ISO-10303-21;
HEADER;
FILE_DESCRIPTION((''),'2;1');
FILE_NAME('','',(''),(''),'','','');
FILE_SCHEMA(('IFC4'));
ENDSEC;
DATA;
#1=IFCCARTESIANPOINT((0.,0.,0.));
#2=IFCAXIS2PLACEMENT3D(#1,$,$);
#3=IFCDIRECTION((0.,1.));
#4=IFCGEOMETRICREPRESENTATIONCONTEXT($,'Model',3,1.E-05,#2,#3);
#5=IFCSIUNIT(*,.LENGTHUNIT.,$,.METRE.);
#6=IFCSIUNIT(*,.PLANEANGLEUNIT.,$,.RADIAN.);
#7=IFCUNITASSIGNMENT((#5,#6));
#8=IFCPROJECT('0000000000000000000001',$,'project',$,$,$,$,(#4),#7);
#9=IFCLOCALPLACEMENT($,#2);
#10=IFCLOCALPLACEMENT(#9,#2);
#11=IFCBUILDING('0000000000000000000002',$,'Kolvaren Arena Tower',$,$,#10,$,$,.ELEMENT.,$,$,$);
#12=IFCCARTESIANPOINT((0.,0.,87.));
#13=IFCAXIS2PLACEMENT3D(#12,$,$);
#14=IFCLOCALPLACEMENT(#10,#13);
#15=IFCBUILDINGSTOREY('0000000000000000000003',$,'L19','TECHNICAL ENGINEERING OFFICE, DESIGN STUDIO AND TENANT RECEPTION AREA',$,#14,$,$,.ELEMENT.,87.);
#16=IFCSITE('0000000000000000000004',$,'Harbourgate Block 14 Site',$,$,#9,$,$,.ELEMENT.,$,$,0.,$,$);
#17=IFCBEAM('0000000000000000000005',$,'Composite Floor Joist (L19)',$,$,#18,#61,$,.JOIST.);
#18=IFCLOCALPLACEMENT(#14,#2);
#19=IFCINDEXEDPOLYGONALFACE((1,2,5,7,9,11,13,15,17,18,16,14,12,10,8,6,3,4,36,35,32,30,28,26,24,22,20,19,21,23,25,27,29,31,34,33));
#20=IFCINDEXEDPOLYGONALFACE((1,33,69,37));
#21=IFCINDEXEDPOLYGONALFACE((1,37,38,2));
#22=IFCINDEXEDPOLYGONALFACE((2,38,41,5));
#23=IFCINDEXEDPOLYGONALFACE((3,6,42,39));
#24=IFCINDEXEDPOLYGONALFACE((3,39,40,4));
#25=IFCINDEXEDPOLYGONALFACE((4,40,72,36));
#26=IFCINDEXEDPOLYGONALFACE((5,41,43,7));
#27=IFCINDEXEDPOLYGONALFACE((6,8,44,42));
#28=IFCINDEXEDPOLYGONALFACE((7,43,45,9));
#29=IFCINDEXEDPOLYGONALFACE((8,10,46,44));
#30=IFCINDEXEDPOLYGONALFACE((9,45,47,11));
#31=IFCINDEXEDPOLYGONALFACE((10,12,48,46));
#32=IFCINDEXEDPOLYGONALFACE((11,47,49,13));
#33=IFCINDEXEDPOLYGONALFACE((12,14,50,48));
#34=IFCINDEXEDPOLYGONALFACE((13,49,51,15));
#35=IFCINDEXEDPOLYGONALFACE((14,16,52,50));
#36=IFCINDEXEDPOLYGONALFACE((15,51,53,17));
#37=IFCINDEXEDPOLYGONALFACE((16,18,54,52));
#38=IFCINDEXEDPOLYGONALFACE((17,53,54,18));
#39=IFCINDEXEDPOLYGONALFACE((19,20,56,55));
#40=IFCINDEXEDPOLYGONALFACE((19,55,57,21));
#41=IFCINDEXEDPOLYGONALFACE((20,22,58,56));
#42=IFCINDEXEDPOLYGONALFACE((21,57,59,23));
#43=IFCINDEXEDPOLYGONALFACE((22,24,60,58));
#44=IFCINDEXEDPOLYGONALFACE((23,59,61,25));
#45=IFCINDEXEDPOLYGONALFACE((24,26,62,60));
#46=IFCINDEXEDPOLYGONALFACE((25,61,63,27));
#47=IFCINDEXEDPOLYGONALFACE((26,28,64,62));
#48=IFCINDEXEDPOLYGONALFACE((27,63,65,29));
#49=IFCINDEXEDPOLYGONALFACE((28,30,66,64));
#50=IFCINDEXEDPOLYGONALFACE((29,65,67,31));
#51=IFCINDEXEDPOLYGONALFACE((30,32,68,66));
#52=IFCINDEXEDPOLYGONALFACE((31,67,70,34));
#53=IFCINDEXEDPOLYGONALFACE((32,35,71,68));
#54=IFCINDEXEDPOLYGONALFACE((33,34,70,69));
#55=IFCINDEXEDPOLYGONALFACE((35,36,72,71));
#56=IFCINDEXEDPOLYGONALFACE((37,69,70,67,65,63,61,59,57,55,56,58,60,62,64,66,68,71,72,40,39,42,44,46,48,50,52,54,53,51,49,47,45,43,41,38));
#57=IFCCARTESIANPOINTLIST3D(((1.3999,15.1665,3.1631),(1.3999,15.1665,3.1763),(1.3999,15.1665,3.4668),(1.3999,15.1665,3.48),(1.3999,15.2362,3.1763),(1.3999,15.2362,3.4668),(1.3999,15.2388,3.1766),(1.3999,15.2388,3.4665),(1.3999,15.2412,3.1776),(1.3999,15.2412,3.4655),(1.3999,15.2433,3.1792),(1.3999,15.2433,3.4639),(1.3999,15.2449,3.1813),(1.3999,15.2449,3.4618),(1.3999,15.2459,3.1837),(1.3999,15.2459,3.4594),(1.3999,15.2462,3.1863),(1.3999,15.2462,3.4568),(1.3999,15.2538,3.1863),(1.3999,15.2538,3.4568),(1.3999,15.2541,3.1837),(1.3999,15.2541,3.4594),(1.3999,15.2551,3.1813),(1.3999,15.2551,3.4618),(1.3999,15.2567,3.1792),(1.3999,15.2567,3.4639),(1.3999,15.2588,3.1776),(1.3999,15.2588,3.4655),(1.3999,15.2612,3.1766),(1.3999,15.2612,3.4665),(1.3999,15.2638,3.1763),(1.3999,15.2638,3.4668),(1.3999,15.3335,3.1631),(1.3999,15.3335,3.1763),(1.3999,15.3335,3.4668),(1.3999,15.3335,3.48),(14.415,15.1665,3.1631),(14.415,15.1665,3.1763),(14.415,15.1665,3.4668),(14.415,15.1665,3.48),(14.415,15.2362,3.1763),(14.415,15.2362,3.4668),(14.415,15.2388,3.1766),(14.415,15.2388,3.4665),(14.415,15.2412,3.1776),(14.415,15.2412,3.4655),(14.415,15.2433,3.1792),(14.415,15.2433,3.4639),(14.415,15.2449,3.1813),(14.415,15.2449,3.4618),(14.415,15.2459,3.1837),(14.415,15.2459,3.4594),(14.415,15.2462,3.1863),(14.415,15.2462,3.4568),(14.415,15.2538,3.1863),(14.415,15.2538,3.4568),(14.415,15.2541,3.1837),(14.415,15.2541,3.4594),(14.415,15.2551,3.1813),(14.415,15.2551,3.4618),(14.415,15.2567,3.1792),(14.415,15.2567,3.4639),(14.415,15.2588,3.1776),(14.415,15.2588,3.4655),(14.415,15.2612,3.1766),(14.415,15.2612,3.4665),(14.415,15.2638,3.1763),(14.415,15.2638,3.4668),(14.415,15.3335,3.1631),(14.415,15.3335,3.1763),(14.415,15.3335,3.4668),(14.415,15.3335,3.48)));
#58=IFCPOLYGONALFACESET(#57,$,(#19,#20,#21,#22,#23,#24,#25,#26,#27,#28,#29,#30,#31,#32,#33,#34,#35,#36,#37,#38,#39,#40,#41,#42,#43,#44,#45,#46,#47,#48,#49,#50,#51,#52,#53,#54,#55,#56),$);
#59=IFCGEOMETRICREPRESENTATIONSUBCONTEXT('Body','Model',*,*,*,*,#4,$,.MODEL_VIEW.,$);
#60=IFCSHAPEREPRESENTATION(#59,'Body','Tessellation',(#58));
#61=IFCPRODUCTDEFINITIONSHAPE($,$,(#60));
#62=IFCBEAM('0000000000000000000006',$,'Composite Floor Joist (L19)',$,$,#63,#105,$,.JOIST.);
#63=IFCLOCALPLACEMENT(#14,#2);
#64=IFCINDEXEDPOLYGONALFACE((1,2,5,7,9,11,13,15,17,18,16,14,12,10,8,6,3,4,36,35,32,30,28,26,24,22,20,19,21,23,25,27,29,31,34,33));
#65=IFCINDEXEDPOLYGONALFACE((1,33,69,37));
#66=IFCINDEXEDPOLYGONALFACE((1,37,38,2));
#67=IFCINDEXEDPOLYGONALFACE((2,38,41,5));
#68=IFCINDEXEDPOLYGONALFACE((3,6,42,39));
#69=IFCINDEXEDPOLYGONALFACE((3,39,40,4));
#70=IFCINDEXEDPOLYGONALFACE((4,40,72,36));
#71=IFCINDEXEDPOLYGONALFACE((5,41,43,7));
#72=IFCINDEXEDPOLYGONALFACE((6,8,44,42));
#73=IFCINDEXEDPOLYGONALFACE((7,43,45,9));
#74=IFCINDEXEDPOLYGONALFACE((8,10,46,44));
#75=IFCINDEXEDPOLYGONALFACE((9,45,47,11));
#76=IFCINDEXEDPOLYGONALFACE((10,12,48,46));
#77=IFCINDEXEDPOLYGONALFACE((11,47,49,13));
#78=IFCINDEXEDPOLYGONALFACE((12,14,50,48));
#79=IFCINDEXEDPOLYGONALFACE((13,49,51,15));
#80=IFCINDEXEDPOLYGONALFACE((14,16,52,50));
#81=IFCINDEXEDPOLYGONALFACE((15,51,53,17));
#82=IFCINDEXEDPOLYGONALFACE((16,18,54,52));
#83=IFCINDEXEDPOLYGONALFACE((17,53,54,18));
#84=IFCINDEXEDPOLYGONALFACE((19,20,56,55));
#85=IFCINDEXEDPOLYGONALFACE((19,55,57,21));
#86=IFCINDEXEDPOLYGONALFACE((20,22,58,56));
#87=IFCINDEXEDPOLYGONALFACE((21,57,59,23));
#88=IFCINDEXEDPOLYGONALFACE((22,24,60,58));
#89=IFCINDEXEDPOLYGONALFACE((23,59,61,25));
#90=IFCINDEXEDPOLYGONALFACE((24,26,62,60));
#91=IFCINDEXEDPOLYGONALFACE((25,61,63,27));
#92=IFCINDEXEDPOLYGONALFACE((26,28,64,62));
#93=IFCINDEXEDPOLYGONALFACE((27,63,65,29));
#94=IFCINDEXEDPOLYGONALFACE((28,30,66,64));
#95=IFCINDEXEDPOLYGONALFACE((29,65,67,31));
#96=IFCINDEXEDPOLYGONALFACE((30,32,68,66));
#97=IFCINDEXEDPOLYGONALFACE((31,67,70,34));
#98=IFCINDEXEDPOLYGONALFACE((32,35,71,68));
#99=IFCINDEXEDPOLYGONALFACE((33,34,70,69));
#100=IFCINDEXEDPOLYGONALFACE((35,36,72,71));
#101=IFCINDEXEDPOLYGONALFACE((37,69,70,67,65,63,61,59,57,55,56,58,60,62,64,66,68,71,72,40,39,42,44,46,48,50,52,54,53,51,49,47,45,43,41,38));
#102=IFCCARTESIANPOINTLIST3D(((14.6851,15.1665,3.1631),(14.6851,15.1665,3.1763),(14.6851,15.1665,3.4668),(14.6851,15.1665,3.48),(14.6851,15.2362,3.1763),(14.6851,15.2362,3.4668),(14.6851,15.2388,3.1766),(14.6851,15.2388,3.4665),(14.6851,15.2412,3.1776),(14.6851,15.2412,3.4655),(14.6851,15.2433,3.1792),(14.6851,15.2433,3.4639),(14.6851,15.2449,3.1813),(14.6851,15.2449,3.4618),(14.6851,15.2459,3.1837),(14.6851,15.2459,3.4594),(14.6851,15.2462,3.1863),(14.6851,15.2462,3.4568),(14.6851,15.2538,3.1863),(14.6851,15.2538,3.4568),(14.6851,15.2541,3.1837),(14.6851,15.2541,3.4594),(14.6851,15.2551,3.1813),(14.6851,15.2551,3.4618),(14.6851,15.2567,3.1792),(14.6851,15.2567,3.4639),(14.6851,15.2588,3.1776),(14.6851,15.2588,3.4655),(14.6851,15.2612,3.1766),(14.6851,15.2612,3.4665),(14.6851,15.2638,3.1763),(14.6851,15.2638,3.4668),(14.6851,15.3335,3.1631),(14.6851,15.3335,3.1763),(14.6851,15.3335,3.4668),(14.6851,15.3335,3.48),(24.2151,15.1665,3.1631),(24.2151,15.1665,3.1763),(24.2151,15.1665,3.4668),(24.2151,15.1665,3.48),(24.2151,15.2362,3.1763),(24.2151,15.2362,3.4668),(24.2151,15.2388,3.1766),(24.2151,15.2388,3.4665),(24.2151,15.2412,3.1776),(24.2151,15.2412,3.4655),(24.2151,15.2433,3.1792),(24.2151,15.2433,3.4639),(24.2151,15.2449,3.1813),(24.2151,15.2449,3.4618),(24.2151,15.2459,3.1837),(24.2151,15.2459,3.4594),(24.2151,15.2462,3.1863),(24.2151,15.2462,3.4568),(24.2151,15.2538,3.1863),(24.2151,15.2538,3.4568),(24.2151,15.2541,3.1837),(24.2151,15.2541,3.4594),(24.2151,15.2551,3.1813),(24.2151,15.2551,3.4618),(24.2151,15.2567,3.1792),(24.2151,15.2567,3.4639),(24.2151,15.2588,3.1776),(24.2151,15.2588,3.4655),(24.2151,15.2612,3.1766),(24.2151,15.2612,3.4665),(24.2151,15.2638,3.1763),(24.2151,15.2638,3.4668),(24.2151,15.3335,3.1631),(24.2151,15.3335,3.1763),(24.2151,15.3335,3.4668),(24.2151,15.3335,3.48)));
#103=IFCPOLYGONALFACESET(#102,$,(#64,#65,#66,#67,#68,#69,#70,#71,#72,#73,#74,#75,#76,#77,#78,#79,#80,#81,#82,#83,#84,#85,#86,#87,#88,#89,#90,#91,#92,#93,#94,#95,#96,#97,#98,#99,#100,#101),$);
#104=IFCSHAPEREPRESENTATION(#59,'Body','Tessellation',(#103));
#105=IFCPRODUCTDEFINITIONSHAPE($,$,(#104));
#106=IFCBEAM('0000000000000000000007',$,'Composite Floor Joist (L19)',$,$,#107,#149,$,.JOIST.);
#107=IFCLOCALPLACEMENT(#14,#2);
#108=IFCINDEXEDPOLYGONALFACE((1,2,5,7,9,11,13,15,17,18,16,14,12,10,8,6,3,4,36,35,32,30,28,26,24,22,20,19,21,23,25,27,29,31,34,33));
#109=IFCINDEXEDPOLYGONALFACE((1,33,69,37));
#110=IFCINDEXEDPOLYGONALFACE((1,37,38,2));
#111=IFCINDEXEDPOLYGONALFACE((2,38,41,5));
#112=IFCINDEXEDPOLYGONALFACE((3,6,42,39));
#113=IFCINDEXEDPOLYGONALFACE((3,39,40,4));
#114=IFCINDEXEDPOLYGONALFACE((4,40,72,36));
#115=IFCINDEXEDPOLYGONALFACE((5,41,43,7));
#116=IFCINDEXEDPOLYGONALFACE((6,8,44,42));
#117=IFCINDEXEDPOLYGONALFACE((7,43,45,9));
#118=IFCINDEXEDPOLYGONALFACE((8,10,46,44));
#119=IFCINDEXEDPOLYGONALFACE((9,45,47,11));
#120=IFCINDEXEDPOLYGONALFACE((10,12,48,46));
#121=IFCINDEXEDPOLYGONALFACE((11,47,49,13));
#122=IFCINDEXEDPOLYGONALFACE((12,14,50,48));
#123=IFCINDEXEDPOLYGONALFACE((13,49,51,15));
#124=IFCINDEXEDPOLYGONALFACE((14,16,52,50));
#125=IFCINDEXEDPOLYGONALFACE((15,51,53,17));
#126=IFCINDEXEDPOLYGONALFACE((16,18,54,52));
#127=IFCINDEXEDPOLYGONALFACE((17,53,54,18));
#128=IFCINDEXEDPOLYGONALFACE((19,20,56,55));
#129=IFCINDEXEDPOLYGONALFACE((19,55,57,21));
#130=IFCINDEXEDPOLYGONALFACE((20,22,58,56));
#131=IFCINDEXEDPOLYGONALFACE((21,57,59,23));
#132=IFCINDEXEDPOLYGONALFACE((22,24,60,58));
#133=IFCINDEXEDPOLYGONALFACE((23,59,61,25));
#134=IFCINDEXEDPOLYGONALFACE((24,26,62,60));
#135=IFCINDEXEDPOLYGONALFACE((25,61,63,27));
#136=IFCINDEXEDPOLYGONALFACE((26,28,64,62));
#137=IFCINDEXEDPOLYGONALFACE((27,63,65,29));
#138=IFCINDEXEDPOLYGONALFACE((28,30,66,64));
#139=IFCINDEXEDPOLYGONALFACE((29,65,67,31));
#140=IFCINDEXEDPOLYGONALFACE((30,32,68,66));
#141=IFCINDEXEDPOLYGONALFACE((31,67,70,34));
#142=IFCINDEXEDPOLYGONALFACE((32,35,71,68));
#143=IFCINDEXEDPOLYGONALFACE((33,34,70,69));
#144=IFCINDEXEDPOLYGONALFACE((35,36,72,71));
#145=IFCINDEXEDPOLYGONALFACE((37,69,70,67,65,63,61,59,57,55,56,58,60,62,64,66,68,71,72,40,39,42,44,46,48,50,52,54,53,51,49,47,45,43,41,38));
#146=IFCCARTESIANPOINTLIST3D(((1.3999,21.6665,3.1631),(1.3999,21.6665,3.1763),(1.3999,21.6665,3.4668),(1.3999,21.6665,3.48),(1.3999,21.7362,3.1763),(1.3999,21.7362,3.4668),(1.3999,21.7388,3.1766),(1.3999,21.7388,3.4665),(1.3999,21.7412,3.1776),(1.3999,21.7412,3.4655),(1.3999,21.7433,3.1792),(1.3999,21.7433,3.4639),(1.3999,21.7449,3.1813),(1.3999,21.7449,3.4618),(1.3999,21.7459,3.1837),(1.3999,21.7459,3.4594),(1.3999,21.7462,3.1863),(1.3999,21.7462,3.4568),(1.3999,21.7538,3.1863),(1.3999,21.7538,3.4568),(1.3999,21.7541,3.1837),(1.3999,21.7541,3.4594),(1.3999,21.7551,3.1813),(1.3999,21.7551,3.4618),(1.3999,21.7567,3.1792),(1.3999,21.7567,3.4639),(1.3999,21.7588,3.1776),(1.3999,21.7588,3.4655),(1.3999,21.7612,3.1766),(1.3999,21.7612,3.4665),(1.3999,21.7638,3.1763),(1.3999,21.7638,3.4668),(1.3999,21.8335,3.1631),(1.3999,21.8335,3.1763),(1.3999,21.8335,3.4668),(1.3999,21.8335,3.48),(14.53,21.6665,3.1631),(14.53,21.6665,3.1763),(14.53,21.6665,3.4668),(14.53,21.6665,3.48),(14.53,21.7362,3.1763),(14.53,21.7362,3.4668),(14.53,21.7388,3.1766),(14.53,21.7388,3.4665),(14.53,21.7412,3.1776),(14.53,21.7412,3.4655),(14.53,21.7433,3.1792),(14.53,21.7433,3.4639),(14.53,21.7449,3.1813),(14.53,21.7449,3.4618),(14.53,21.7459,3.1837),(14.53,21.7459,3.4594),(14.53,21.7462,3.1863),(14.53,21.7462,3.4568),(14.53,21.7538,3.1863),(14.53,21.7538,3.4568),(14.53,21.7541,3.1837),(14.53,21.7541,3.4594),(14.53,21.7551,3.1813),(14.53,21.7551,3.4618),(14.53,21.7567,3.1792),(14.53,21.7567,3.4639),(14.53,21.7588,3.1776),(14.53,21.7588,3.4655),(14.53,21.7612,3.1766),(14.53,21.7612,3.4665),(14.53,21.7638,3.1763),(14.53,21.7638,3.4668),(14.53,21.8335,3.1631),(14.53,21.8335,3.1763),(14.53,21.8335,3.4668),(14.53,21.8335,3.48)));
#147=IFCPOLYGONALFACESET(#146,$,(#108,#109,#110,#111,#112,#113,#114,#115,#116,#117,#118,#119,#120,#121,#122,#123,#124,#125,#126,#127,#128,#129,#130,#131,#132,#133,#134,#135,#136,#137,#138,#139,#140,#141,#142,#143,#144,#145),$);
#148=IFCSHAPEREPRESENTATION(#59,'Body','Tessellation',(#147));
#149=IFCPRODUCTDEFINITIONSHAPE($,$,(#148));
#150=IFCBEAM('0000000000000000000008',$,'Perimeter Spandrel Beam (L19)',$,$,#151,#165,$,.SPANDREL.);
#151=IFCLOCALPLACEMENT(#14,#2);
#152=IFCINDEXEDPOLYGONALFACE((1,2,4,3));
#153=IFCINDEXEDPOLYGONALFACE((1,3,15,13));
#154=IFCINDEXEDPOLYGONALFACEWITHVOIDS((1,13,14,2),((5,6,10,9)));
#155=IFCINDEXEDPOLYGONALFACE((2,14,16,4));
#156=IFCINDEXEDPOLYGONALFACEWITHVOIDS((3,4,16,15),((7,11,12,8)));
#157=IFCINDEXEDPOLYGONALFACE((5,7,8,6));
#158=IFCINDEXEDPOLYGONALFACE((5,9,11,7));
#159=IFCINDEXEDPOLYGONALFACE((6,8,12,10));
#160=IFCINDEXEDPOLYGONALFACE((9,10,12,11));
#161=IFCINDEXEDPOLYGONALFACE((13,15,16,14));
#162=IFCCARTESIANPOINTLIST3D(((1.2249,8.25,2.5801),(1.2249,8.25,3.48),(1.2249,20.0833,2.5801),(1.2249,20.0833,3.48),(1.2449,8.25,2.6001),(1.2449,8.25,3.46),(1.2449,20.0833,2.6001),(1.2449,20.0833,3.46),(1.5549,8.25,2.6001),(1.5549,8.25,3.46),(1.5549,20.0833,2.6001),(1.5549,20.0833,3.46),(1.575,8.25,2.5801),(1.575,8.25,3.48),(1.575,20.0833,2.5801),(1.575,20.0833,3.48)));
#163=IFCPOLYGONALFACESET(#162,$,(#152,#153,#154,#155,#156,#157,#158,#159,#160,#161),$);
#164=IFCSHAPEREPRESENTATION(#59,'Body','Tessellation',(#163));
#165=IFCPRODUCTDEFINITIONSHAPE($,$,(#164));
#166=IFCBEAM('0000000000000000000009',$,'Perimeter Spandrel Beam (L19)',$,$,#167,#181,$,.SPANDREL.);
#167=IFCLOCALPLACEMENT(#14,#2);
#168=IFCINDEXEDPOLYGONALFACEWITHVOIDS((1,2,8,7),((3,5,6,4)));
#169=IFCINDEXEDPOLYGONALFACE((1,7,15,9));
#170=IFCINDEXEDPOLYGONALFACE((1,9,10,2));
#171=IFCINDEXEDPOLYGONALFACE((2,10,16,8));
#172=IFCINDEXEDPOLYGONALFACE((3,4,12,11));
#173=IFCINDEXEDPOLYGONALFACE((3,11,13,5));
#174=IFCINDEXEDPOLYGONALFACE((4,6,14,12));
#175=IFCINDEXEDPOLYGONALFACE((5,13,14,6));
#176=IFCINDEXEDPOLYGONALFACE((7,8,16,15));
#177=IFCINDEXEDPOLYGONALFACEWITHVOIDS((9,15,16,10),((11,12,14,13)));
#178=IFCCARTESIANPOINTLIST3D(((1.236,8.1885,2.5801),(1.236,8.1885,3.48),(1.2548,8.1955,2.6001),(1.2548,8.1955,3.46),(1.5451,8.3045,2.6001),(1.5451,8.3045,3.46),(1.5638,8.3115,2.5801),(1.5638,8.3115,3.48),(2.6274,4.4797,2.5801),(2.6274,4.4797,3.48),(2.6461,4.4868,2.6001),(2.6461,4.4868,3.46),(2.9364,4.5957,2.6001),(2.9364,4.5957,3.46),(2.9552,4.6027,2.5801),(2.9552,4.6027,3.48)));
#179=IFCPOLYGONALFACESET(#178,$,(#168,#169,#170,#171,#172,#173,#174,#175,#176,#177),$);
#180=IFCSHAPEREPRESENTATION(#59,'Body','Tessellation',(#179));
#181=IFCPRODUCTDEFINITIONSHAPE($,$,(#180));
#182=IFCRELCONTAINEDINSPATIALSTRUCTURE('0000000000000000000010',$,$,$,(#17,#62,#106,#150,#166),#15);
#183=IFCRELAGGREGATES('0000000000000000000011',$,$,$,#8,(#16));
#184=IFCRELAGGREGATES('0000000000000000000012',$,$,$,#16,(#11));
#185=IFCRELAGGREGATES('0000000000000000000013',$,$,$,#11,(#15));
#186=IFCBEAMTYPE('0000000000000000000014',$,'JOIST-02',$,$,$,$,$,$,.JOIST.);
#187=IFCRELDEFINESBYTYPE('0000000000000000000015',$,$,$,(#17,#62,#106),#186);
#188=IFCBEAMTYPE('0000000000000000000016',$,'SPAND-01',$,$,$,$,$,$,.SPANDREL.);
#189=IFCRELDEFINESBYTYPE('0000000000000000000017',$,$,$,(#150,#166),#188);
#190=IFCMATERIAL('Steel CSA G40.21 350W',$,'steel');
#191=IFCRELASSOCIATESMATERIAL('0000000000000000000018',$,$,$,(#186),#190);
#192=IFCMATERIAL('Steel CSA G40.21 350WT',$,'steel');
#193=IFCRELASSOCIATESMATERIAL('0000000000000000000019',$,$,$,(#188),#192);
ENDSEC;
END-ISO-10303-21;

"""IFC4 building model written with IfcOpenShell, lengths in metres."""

from ifc_helpers import new_model, si_unit, direction, frame, origin, origin_2d, place, context, subcontext, project, spatial, hollow_rectangle, i_section, extrude, material, material_profile, profile_set, type_object, element, save


model = new_model("IFC4")

# Units and contexts
model_context = context("Model", 3, precision=1e-05, world=origin(), true_north=direction((0.0, 1.0)))
body_context = subcontext(model_context, "Body", "Model", "MODEL_VIEW")
ifc_project = project(units=[si_unit("LENGTHUNIT", "METRE"), si_unit("PLANEANGLEUNIT", "RADIAN")], contexts=[model_context])

# Site, building, storey
site_placement = place(None, origin())
site = spatial("IfcSite", under=ifc_project, at=site_placement, Name="Harbourgate Block 14 Site", CompositionType="ELEMENT", RefElevation=0.0)
building_placement = place(site_placement, origin())
building = spatial("IfcBuilding", under=site, at=building_placement, Name="Kolvaren Arena Tower", CompositionType="ELEMENT")
storey_placement = place(building_placement, frame((0.0, 0.0, 87.0)))
storey = spatial("IfcBuildingStorey", under=building, at=storey_placement, Name="L19", Description="TECHNICAL ENGINEERING OFFICE, DESIGN STUDIO AND TENANT RECEPTION AREA", CompositionType="ELEMENT", Elevation=87.0)

# Beams
ifc_material_1 = material(Name="Steel CSA G40.21 350W", Category="steel")
ifc_material_profile_1 = material_profile(ifc_material_1, i_section(OverallWidth=0.167, OverallDepth=0.3169, WebThickness=0.0076, FlangeThickness=0.0132, FilletRadius=0.01, at=origin_2d()), Name="W310x52")
ifc_profile_set_1 = profile_set([ifc_material_profile_1], Name="Steel CSA G40.21 350W")
beam_type_1 = type_object("IfcBeamType", Name="JOIST-02", PredefinedType="JOIST", material=ifc_profile_set_1)
beam_1_placement = place(storey_placement, frame((1.3999, 15.25, 3.3215), z_axis=(1.0, 0.0, 0.0), x_axis=(0.0, 1.0, 0.0)))
element("IfcBeam", 1, at=beam_1_placement, inside=storey, type_object=beam_type_1, Name="Composite Floor Joist (L19)", PredefinedType="JOIST", context=body_context, shape_type="SweptSolid", body=[
    extrude(i_section(OverallWidth=0.167, OverallDepth=0.3169, WebThickness=0.0076, FlangeThickness=0.0132, FilletRadius=0.01, at=origin_2d()), origin(), (0.0, 0.0, 1.0), 13.0151),
])
beam_2_placement = place(storey_placement, frame((14.6851, 15.25, 3.3215), z_axis=(1.0, 0.0, 0.0), x_axis=(0.0, 1.0, 0.0)))
element("IfcBeam", 2, at=beam_2_placement, inside=storey, type_object=beam_type_1, Name="Composite Floor Joist (L19)", PredefinedType="JOIST", context=body_context, shape_type="SweptSolid", body=[
    extrude(i_section(OverallWidth=0.167, OverallDepth=0.3169, WebThickness=0.0076, FlangeThickness=0.0132, FilletRadius=0.01, at=origin_2d()), origin(), (0.0, 0.0, 1.0), 9.53),
])
beam_3_placement = place(storey_placement, frame((1.3999, 21.75, 3.3215), z_axis=(1.0, 0.0, 0.0), x_axis=(0.0, 1.0, 0.0)))
element("IfcBeam", 3, at=beam_3_placement, inside=storey, type_object=beam_type_1, Name="Composite Floor Joist (L19)", PredefinedType="JOIST", context=body_context, shape_type="SweptSolid", body=[
    extrude(i_section(OverallWidth=0.167, OverallDepth=0.3169, WebThickness=0.0076, FlangeThickness=0.0132, FilletRadius=0.01, at=origin_2d()), origin(), (0.0, 0.0, 1.0), 13.1301),
])
ifc_material_2 = material(Name="Steel CSA G40.21 350WT", Category="steel")
ifc_material_profile_2 = material_profile(ifc_material_2, hollow_rectangle(XDim=0.3501, YDim=0.8999, WallThickness=0.02, at=origin_2d()), Name="HSS 900x350x20")
ifc_profile_set_2 = profile_set([ifc_material_profile_2], Name="Steel CSA G40.21 350WT")
beam_type_2 = type_object("IfcBeamType", Name="SPAND-01", PredefinedType="SPANDREL", material=ifc_profile_set_2)
beam_4_placement = place(storey_placement, frame((1.3999, 20.0833, 3.03), z_axis=(0.0, -1.0, 0.0), x_axis=(1.0, 0.0, 0.0)))
element("IfcBeam", 4, at=beam_4_placement, inside=storey, type_object=beam_type_2, Name="Perimeter Spandrel Beam (L19)", PredefinedType="SPANDREL", context=body_context, shape_type="SweptSolid", body=[
    extrude(hollow_rectangle(XDim=0.3501, YDim=0.8999, WallThickness=0.02, at=origin_2d()), origin(), (0.0, 0.0, 1.0), 11.8333),
])
beam_5_placement = place(storey_placement, frame((1.3999, 8.25, 3.03), z_axis=(0.351252, -0.936281, 0.0), x_axis=(0.936281, 0.351252, 0.0)))
element("IfcBeam", 5, at=beam_5_placement, inside=storey, type_object=beam_type_2, Name="Perimeter Spandrel Beam (L19)", PredefinedType="SPANDREL", context=body_context, shape_type="SweptSolid", body=[
    extrude(hollow_rectangle(XDim=0.3501, YDim=0.8999, WallThickness=0.02, at=origin_2d()), origin(), (0.0, 0.0, 1.0), 3.9612),
])

save(model, "model.ifc")
